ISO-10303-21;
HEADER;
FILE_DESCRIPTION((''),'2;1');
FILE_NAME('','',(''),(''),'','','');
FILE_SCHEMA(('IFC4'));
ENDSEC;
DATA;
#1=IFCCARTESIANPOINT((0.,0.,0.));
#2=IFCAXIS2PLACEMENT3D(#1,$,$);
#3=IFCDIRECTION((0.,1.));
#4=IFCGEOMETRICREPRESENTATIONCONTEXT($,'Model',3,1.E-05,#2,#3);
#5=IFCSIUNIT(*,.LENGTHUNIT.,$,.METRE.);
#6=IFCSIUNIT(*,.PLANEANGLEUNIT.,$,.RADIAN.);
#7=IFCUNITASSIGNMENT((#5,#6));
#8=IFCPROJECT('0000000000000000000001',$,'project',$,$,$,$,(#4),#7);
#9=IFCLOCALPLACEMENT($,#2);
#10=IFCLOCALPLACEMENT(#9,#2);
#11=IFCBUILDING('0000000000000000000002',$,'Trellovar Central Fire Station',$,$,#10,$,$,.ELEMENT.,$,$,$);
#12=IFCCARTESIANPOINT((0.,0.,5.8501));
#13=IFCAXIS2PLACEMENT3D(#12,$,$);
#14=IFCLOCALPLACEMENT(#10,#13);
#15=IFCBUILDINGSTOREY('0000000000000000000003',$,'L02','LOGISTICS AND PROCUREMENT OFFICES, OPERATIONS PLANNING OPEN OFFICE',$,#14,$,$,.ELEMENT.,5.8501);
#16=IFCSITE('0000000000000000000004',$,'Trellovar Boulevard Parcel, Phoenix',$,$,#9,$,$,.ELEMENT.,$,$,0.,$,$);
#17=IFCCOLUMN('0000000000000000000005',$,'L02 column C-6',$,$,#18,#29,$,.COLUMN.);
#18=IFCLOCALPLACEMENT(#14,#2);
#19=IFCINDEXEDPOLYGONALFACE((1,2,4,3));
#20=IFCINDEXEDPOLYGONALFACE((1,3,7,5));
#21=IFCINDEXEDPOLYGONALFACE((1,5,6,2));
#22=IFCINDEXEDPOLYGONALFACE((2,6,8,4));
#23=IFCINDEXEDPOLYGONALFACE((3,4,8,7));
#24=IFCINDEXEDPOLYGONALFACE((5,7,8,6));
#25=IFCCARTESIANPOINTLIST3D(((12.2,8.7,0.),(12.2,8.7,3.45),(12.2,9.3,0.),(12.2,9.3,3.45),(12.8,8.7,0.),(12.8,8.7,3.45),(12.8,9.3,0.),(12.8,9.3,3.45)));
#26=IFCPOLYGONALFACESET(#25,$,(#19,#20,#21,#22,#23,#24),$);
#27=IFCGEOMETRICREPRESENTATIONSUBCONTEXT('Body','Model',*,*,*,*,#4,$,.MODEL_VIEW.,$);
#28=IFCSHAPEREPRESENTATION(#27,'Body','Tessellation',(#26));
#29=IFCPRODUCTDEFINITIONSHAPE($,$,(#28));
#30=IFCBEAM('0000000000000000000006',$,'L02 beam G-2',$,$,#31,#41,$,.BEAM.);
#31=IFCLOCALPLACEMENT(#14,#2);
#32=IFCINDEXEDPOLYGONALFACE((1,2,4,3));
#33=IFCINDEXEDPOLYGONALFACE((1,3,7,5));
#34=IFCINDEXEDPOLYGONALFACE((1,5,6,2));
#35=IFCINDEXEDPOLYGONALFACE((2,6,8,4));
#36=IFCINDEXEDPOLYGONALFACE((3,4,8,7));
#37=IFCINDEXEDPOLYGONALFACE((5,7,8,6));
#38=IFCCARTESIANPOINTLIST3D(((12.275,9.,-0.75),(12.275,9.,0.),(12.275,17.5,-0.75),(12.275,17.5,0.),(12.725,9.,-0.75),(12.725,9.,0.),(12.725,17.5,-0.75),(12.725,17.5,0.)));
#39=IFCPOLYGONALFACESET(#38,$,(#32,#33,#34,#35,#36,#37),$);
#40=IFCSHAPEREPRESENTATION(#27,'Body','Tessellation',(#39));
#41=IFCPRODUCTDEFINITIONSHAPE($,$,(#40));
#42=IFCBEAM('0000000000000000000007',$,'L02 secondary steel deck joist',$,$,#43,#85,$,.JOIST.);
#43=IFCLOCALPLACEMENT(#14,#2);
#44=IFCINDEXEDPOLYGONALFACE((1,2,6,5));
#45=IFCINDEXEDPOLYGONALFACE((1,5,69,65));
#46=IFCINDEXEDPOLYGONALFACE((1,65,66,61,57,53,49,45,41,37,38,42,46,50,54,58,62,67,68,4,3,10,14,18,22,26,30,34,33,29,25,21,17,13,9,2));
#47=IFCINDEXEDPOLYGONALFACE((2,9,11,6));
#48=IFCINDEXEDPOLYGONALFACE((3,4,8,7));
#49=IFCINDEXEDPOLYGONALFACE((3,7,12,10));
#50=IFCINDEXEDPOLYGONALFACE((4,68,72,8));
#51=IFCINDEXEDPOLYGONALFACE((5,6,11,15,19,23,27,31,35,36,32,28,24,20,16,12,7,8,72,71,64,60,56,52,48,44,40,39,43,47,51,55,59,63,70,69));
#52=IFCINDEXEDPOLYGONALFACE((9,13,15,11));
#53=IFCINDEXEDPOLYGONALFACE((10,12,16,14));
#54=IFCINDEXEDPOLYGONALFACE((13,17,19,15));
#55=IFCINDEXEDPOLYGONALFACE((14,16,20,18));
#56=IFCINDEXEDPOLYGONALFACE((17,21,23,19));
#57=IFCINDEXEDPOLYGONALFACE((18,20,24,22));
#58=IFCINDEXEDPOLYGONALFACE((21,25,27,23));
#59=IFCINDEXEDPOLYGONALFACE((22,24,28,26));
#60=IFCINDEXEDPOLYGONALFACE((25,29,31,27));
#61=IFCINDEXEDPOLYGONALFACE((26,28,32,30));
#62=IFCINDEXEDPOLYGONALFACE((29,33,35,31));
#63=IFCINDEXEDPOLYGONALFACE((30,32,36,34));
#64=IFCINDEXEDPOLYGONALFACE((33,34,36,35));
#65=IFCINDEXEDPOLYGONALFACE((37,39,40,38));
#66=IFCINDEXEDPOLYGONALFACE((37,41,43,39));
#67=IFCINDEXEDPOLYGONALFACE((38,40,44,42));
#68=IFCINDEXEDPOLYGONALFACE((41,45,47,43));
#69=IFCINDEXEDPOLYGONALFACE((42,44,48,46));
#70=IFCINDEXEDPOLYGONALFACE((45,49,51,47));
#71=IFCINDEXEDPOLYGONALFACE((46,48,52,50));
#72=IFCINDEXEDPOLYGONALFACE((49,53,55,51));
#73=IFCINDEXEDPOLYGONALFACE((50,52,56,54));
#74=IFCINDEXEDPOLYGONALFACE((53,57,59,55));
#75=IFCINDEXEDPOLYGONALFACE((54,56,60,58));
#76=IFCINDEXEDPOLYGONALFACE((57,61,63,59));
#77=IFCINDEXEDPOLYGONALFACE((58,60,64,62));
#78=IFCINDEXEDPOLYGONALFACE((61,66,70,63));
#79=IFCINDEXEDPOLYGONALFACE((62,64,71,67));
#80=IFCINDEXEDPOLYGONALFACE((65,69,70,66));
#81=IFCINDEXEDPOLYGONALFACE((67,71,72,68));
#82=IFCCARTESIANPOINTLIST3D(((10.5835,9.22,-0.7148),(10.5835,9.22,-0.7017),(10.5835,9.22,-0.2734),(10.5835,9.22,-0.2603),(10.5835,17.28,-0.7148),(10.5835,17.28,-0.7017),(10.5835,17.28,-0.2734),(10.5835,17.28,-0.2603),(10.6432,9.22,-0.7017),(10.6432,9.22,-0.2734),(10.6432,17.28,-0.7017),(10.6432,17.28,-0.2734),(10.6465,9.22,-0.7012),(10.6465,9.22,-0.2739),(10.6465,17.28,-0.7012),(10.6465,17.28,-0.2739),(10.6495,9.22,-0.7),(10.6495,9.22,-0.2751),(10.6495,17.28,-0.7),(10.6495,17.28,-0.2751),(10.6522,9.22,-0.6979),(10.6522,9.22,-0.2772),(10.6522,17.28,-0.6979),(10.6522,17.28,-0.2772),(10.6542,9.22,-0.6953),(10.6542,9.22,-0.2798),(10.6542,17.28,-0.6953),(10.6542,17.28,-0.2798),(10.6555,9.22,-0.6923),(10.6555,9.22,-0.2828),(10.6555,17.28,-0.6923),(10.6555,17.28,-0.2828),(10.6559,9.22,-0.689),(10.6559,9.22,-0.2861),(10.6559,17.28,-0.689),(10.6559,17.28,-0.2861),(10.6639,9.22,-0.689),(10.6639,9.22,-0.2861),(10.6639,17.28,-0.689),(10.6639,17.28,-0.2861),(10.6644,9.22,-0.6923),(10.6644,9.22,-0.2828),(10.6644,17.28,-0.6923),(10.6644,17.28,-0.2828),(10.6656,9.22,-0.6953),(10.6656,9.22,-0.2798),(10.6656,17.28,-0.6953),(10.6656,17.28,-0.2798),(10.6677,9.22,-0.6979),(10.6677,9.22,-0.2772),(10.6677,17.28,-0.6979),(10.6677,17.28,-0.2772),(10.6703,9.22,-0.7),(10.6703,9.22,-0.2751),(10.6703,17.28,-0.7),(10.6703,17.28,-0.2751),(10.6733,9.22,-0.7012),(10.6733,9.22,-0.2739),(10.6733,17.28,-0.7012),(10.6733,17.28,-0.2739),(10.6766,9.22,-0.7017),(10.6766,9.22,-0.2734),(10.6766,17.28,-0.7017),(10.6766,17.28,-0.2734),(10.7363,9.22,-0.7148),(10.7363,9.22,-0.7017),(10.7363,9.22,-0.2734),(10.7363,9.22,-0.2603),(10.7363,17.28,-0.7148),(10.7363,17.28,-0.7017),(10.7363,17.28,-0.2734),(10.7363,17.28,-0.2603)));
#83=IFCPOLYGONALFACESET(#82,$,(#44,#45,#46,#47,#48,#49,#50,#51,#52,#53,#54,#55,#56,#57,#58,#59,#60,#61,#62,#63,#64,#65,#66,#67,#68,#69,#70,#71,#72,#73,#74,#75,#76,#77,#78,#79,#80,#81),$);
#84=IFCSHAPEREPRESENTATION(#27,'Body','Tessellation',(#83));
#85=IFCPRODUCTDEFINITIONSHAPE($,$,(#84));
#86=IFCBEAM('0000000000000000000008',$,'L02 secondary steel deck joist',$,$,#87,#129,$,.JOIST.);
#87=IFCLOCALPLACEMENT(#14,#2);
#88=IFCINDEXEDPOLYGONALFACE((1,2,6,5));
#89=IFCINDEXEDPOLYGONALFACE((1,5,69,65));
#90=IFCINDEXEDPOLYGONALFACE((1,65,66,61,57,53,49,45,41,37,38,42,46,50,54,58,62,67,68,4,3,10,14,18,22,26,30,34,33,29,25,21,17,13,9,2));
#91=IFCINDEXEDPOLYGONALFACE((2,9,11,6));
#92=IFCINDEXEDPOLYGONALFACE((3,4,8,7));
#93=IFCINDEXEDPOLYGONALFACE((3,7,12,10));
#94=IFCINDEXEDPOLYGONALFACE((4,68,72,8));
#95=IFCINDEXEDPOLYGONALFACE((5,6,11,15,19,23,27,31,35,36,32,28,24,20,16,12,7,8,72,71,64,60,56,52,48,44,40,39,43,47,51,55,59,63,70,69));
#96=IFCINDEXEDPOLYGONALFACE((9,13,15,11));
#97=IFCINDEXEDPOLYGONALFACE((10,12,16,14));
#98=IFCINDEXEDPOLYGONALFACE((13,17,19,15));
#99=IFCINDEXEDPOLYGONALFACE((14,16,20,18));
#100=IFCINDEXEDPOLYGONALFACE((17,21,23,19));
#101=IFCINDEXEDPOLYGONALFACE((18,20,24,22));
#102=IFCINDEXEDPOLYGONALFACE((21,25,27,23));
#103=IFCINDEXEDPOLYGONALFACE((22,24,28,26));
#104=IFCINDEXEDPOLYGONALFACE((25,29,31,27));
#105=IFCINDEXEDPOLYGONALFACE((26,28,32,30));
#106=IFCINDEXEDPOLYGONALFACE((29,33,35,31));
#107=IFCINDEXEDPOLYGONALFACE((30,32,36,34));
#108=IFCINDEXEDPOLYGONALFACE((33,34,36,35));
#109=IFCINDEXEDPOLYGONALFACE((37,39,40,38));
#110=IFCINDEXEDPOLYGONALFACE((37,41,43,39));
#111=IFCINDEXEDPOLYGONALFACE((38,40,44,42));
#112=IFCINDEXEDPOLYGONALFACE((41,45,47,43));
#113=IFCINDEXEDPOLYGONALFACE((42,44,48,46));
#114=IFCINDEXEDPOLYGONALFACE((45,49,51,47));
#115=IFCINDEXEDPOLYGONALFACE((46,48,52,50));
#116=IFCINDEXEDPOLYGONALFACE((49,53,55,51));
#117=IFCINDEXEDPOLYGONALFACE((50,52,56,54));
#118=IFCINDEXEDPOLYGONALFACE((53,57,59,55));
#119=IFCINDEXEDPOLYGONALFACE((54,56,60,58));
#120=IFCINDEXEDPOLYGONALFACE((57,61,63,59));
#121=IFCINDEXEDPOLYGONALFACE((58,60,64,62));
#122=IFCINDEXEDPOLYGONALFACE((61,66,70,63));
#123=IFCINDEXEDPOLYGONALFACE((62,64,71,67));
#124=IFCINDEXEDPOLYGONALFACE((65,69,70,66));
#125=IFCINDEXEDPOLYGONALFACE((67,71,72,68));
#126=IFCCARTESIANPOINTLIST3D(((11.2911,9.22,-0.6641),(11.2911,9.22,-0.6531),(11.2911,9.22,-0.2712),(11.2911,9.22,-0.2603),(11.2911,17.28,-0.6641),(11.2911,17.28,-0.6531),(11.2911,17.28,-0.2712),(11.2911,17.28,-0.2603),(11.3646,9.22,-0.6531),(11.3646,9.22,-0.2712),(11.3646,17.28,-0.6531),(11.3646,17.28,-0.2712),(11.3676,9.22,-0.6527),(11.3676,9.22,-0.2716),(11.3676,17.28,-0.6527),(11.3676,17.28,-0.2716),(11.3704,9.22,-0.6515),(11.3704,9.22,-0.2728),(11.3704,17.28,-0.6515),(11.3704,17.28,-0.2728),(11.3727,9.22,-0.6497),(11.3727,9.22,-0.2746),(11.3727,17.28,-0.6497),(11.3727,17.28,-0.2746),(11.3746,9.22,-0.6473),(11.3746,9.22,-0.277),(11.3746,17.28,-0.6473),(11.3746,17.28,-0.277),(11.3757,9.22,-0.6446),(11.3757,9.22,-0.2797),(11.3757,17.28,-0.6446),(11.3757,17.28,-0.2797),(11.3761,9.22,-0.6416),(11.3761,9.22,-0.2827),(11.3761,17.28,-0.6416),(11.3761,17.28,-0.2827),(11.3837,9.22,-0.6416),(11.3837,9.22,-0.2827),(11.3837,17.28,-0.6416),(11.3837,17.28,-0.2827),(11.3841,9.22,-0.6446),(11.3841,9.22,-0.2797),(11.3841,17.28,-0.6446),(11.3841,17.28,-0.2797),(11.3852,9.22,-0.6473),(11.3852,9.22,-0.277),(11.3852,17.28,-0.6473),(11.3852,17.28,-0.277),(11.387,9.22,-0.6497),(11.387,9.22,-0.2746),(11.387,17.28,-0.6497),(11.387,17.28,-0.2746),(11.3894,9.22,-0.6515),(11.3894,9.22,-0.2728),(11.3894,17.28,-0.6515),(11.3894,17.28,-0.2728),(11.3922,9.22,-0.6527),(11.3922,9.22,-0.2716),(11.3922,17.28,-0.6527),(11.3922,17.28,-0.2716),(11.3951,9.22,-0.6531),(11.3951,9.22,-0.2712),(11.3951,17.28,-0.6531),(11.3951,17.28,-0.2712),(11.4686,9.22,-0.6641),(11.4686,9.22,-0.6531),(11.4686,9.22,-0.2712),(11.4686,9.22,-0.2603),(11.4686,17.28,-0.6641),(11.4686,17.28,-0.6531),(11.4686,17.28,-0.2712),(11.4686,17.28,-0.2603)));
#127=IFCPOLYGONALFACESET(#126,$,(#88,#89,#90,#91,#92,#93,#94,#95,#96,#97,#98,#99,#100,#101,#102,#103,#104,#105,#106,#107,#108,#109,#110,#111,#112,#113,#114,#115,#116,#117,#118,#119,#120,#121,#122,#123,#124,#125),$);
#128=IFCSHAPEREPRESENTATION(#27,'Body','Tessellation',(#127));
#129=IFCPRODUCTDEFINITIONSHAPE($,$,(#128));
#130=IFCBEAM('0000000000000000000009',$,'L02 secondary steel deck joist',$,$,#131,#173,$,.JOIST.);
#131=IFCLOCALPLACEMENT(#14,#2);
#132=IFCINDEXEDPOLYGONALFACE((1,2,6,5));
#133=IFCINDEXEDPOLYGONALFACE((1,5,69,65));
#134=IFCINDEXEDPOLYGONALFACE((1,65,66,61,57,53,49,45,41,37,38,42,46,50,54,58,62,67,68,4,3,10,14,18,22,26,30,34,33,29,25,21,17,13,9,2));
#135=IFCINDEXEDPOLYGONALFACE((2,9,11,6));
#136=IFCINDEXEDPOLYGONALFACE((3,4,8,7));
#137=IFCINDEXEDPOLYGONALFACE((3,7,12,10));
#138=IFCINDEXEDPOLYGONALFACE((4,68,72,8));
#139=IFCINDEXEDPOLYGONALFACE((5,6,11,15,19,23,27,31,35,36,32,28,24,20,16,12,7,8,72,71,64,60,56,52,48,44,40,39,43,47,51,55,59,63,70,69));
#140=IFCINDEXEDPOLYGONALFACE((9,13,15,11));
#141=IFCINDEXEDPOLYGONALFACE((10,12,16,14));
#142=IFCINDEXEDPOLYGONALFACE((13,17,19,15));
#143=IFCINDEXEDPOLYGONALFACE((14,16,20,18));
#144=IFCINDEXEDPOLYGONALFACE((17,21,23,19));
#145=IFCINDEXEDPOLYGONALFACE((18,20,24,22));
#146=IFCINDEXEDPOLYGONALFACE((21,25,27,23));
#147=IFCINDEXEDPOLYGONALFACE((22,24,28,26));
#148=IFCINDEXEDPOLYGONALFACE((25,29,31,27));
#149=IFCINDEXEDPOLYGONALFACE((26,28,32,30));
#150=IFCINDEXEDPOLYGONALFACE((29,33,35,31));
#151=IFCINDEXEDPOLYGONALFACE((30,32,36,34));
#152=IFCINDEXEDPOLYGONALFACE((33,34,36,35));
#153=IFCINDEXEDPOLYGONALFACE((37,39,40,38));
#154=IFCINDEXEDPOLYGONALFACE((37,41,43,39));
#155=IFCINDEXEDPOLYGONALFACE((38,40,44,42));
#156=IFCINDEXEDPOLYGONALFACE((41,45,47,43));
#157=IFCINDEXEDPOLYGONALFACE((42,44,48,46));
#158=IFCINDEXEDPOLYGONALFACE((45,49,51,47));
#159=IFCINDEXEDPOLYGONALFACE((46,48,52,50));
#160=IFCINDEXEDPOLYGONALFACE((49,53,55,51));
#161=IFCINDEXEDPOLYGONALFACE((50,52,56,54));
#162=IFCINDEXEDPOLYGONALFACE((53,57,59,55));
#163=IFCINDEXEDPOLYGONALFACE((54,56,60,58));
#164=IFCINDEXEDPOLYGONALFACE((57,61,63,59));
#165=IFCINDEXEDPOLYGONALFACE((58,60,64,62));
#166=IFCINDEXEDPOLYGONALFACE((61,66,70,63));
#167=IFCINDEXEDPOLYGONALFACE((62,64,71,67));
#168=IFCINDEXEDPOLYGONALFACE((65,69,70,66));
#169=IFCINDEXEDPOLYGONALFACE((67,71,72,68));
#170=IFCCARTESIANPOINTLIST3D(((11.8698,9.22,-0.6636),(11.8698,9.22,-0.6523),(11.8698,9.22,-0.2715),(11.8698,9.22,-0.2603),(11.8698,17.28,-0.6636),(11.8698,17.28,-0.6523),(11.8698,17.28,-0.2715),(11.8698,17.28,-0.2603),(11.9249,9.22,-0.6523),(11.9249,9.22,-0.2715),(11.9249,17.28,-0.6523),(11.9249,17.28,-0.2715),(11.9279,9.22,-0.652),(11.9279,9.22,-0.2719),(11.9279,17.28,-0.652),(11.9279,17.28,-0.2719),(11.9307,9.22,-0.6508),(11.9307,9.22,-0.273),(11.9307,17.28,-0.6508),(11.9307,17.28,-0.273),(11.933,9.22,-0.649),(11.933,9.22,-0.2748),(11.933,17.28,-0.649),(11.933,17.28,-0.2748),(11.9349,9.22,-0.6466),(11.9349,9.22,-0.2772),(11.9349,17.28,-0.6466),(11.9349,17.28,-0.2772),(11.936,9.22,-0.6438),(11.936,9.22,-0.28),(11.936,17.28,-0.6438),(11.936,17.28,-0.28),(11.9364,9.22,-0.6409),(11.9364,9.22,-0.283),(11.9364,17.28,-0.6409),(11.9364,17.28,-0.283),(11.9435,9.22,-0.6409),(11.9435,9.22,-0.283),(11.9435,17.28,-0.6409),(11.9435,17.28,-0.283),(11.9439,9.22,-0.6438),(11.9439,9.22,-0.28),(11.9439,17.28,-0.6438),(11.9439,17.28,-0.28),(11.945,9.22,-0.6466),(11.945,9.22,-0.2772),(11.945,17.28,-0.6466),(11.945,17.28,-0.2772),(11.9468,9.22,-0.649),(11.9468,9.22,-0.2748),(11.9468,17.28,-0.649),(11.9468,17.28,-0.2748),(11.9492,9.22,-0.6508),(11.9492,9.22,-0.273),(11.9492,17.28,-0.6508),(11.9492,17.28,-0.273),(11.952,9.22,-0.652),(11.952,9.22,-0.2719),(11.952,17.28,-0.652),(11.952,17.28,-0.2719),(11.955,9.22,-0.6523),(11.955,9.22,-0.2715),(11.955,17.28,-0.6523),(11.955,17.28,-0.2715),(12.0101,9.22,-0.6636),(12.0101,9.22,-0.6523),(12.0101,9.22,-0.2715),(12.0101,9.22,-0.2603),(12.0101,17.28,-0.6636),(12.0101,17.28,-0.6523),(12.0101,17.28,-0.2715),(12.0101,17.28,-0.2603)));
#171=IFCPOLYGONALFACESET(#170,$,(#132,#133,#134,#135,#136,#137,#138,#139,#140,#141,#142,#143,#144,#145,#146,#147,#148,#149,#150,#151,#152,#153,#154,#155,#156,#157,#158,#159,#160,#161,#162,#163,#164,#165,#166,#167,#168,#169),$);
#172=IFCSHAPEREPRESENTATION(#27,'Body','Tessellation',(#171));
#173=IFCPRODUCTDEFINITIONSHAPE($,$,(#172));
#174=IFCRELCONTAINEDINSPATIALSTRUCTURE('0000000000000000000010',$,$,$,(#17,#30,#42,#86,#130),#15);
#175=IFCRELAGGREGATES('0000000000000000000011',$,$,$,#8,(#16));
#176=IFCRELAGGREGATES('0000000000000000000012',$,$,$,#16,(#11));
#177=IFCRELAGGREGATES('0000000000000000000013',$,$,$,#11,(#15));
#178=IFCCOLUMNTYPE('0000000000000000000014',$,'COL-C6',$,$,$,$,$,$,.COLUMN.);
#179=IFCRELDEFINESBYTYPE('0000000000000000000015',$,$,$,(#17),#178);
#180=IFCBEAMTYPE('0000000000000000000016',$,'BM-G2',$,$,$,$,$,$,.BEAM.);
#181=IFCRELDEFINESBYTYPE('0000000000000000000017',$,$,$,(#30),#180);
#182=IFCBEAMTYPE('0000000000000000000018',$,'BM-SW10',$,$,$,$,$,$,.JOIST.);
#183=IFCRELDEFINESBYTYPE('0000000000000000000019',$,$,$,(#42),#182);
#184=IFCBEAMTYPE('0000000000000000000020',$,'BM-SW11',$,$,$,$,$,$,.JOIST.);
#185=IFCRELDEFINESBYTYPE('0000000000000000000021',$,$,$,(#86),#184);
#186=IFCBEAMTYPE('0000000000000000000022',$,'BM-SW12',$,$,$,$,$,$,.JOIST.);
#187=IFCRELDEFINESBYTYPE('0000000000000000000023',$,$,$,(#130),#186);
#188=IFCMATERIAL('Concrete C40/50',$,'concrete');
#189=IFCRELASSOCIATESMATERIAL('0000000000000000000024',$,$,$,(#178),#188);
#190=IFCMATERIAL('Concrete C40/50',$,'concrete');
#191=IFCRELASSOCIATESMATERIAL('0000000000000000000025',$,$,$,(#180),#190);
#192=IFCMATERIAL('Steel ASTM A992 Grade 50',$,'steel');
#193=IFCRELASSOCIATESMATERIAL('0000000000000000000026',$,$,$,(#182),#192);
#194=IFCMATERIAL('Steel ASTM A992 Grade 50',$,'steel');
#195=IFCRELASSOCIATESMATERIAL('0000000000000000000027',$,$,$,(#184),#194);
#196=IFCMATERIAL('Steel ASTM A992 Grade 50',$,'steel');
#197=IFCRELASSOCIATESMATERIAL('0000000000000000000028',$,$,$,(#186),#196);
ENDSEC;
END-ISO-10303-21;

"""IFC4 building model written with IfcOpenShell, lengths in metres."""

from ifc_helpers import new_model, si_unit, direction, frame, origin, origin_2d, place, context, subcontext, project, spatial, rectangle, i_section, extrude, material, material_profile, profile_set, type_object, element, save


model = new_model("IFC4")

# Units and contexts
model_context = context("Model", 3, precision=1e-05, world=origin(), true_north=direction((0.0, 1.0)))
body_context = subcontext(model_context, "Body", "Model", "MODEL_VIEW")
ifc_project = project(units=[si_unit("LENGTHUNIT", "METRE"), si_unit("PLANEANGLEUNIT", "RADIAN")], contexts=[model_context])

# Site, building, storey
site_placement = place(None, origin())
site = spatial("IfcSite", under=ifc_project, at=site_placement, Name="Trellovar Boulevard Parcel, Phoenix", CompositionType="ELEMENT", RefElevation=0.0)
building_placement = place(site_placement, origin())
building = spatial("IfcBuilding", under=site, at=building_placement, Name="Trellovar Central Fire Station", CompositionType="ELEMENT")
storey_placement = place(building_placement, frame((0.0, 0.0, 5.8501)))
storey = spatial("IfcBuildingStorey", under=building, at=storey_placement, Name="L02", Description="LOGISTICS AND PROCUREMENT OFFICES, OPERATIONS PLANNING OPEN OFFICE", CompositionType="ELEMENT", Elevation=5.8501)

# Column
ifc_material_1 = material(Name="Concrete C40/50", Category="concrete")
ifc_material_profile_1 = material_profile(ifc_material_1, rectangle(XDim=0.6001, YDim=0.6001, at=origin_2d()), Name="RC600X600")
ifc_profile_set_1 = profile_set([ifc_material_profile_1], Name="Concrete C40/50")
column_type = type_object("IfcColumnType", Name="COL-C6", PredefinedType="COLUMN", material=ifc_profile_set_1)
column_placement = place(storey_placement, frame((12.5, 9.0, 0.0), z_axis=(0.0, 0.0, 1.0), x_axis=(1.0, 0.0, 0.0)))
element("IfcColumn", 1, at=column_placement, inside=storey, type_object=column_type, Name="L02 column C-6", PredefinedType="COLUMN", context=body_context, shape_type="SweptSolid", body=[
    extrude(rectangle(XDim=0.6001, YDim=0.6001, at=origin_2d()), origin(), (0.0, 0.0, 1.0), 3.45),
])

# Beams
ifc_material_2 = material(Name="Concrete C40/50", Category="concrete")
ifc_material_profile_2 = material_profile(ifc_material_2, rectangle(XDim=0.45, YDim=0.75, at=origin_2d()), Name="RC450X750")
ifc_profile_set_2 = profile_set([ifc_material_profile_2], Name="Concrete C40/50")
beam_type_1 = type_object("IfcBeamType", Name="BM-G2", PredefinedType="BEAM", material=ifc_profile_set_2)
beam_1_placement = place(storey_placement, frame((12.5, 9.0, -0.375), z_axis=(0.0, 1.0, 0.0), x_axis=(-1.0, 0.0, 0.0)))
element("IfcBeam", 2, at=beam_1_placement, inside=storey, type_object=beam_type_1, Name="L02 beam G-2", PredefinedType="BEAM", context=body_context, shape_type="SweptSolid", body=[
    extrude(rectangle(XDim=0.45, YDim=0.75, at=origin_2d()), origin(), (0.0, 0.0, 1.0), 8.5),
])
ifc_material_3 = material(Name="Steel ASTM A992 Grade 50", Category="steel")
ifc_material_profile_3 = material_profile(ifc_material_3, i_section(OverallWidth=0.1528, OverallDepth=0.4546, WebThickness=0.0081, FlangeThickness=0.0132, FilletRadius=0.0127, at=origin_2d()), Name="W18X40")
ifc_profile_set_3 = profile_set([ifc_material_profile_3], Name="Steel ASTM A992 Grade 50")
beam_type_2 = type_object("IfcBeamType", Name="BM-SW10", PredefinedType="JOIST", material=ifc_profile_set_3)
beam_2_placement = place(storey_placement, frame((10.6599, 9.22, -0.4875), z_axis=(0.0, 1.0, 0.0), x_axis=(-1.0, 0.0, 0.0)))
element("IfcBeam", 3, at=beam_2_placement, inside=storey, type_object=beam_type_2, Name="L02 secondary steel deck joist", PredefinedType="JOIST", context=body_context, shape_type="SweptSolid", body=[
    extrude(i_section(OverallWidth=0.1528, OverallDepth=0.4546, WebThickness=0.0081, FlangeThickness=0.0132, FilletRadius=0.0127, at=origin_2d()), origin(), (0.0, 0.0, 1.0), 8.0601),
])
ifc_material_4 = material(Name="Steel ASTM A992 Grade 50", Category="steel")
ifc_material_profile_4 = material_profile(ifc_material_4, i_section(OverallWidth=0.1775, OverallDepth=0.4038, WebThickness=0.0076, FlangeThickness=0.011, FilletRadius=0.0115, at=origin_2d()), Name="W16X36")
ifc_profile_set_4 = profile_set([ifc_material_profile_4], Name="Steel ASTM A992 Grade 50")
beam_type_3 = type_object("IfcBeamType", Name="BM-SW11", PredefinedType="JOIST", material=ifc_profile_set_4)
beam_3_placement = place(storey_placement, frame((11.3799, 9.22, -0.4622), z_axis=(0.0, 1.0, 0.0), x_axis=(-1.0, 0.0, 0.0)))
element("IfcBeam", 4, at=beam_3_placement, inside=storey, type_object=beam_type_3, Name="L02 secondary steel deck joist", PredefinedType="JOIST", context=body_context, shape_type="SweptSolid", body=[
    extrude(i_section(OverallWidth=0.1775, OverallDepth=0.4038, WebThickness=0.0076, FlangeThickness=0.011, FilletRadius=0.0115, at=origin_2d()), origin(), (0.0, 0.0, 1.0), 8.0601),
])
ifc_material_5 = material(Name="Steel ASTM A992 Grade 50", Category="steel")
ifc_material_profile_5 = material_profile(ifc_material_5, i_section(OverallWidth=0.1404, OverallDepth=0.4033, WebThickness=0.0071, FlangeThickness=0.0112, FilletRadius=0.0115, at=origin_2d()), Name="W16X31")
ifc_profile_set_5 = profile_set([ifc_material_profile_5], Name="Steel ASTM A992 Grade 50")
beam_type_4 = type_object("IfcBeamType", Name="BM-SW12", PredefinedType="JOIST", material=ifc_profile_set_5)
beam_4_placement = place(storey_placement, frame((11.9399, 9.22, -0.4619), z_axis=(0.0, 1.0, 0.0), x_axis=(-1.0, 0.0, 0.0)))
element("IfcBeam", 5, at=beam_4_placement, inside=storey, type_object=beam_type_4, Name="L02 secondary steel deck joist", PredefinedType="JOIST", context=body_context, shape_type="SweptSolid", body=[
    extrude(i_section(OverallWidth=0.1404, OverallDepth=0.4033, WebThickness=0.0071, FlangeThickness=0.0112, FilletRadius=0.0115, at=origin_2d()), origin(), (0.0, 0.0, 1.0), 8.0601),
])

save(model, "model.ifc")
